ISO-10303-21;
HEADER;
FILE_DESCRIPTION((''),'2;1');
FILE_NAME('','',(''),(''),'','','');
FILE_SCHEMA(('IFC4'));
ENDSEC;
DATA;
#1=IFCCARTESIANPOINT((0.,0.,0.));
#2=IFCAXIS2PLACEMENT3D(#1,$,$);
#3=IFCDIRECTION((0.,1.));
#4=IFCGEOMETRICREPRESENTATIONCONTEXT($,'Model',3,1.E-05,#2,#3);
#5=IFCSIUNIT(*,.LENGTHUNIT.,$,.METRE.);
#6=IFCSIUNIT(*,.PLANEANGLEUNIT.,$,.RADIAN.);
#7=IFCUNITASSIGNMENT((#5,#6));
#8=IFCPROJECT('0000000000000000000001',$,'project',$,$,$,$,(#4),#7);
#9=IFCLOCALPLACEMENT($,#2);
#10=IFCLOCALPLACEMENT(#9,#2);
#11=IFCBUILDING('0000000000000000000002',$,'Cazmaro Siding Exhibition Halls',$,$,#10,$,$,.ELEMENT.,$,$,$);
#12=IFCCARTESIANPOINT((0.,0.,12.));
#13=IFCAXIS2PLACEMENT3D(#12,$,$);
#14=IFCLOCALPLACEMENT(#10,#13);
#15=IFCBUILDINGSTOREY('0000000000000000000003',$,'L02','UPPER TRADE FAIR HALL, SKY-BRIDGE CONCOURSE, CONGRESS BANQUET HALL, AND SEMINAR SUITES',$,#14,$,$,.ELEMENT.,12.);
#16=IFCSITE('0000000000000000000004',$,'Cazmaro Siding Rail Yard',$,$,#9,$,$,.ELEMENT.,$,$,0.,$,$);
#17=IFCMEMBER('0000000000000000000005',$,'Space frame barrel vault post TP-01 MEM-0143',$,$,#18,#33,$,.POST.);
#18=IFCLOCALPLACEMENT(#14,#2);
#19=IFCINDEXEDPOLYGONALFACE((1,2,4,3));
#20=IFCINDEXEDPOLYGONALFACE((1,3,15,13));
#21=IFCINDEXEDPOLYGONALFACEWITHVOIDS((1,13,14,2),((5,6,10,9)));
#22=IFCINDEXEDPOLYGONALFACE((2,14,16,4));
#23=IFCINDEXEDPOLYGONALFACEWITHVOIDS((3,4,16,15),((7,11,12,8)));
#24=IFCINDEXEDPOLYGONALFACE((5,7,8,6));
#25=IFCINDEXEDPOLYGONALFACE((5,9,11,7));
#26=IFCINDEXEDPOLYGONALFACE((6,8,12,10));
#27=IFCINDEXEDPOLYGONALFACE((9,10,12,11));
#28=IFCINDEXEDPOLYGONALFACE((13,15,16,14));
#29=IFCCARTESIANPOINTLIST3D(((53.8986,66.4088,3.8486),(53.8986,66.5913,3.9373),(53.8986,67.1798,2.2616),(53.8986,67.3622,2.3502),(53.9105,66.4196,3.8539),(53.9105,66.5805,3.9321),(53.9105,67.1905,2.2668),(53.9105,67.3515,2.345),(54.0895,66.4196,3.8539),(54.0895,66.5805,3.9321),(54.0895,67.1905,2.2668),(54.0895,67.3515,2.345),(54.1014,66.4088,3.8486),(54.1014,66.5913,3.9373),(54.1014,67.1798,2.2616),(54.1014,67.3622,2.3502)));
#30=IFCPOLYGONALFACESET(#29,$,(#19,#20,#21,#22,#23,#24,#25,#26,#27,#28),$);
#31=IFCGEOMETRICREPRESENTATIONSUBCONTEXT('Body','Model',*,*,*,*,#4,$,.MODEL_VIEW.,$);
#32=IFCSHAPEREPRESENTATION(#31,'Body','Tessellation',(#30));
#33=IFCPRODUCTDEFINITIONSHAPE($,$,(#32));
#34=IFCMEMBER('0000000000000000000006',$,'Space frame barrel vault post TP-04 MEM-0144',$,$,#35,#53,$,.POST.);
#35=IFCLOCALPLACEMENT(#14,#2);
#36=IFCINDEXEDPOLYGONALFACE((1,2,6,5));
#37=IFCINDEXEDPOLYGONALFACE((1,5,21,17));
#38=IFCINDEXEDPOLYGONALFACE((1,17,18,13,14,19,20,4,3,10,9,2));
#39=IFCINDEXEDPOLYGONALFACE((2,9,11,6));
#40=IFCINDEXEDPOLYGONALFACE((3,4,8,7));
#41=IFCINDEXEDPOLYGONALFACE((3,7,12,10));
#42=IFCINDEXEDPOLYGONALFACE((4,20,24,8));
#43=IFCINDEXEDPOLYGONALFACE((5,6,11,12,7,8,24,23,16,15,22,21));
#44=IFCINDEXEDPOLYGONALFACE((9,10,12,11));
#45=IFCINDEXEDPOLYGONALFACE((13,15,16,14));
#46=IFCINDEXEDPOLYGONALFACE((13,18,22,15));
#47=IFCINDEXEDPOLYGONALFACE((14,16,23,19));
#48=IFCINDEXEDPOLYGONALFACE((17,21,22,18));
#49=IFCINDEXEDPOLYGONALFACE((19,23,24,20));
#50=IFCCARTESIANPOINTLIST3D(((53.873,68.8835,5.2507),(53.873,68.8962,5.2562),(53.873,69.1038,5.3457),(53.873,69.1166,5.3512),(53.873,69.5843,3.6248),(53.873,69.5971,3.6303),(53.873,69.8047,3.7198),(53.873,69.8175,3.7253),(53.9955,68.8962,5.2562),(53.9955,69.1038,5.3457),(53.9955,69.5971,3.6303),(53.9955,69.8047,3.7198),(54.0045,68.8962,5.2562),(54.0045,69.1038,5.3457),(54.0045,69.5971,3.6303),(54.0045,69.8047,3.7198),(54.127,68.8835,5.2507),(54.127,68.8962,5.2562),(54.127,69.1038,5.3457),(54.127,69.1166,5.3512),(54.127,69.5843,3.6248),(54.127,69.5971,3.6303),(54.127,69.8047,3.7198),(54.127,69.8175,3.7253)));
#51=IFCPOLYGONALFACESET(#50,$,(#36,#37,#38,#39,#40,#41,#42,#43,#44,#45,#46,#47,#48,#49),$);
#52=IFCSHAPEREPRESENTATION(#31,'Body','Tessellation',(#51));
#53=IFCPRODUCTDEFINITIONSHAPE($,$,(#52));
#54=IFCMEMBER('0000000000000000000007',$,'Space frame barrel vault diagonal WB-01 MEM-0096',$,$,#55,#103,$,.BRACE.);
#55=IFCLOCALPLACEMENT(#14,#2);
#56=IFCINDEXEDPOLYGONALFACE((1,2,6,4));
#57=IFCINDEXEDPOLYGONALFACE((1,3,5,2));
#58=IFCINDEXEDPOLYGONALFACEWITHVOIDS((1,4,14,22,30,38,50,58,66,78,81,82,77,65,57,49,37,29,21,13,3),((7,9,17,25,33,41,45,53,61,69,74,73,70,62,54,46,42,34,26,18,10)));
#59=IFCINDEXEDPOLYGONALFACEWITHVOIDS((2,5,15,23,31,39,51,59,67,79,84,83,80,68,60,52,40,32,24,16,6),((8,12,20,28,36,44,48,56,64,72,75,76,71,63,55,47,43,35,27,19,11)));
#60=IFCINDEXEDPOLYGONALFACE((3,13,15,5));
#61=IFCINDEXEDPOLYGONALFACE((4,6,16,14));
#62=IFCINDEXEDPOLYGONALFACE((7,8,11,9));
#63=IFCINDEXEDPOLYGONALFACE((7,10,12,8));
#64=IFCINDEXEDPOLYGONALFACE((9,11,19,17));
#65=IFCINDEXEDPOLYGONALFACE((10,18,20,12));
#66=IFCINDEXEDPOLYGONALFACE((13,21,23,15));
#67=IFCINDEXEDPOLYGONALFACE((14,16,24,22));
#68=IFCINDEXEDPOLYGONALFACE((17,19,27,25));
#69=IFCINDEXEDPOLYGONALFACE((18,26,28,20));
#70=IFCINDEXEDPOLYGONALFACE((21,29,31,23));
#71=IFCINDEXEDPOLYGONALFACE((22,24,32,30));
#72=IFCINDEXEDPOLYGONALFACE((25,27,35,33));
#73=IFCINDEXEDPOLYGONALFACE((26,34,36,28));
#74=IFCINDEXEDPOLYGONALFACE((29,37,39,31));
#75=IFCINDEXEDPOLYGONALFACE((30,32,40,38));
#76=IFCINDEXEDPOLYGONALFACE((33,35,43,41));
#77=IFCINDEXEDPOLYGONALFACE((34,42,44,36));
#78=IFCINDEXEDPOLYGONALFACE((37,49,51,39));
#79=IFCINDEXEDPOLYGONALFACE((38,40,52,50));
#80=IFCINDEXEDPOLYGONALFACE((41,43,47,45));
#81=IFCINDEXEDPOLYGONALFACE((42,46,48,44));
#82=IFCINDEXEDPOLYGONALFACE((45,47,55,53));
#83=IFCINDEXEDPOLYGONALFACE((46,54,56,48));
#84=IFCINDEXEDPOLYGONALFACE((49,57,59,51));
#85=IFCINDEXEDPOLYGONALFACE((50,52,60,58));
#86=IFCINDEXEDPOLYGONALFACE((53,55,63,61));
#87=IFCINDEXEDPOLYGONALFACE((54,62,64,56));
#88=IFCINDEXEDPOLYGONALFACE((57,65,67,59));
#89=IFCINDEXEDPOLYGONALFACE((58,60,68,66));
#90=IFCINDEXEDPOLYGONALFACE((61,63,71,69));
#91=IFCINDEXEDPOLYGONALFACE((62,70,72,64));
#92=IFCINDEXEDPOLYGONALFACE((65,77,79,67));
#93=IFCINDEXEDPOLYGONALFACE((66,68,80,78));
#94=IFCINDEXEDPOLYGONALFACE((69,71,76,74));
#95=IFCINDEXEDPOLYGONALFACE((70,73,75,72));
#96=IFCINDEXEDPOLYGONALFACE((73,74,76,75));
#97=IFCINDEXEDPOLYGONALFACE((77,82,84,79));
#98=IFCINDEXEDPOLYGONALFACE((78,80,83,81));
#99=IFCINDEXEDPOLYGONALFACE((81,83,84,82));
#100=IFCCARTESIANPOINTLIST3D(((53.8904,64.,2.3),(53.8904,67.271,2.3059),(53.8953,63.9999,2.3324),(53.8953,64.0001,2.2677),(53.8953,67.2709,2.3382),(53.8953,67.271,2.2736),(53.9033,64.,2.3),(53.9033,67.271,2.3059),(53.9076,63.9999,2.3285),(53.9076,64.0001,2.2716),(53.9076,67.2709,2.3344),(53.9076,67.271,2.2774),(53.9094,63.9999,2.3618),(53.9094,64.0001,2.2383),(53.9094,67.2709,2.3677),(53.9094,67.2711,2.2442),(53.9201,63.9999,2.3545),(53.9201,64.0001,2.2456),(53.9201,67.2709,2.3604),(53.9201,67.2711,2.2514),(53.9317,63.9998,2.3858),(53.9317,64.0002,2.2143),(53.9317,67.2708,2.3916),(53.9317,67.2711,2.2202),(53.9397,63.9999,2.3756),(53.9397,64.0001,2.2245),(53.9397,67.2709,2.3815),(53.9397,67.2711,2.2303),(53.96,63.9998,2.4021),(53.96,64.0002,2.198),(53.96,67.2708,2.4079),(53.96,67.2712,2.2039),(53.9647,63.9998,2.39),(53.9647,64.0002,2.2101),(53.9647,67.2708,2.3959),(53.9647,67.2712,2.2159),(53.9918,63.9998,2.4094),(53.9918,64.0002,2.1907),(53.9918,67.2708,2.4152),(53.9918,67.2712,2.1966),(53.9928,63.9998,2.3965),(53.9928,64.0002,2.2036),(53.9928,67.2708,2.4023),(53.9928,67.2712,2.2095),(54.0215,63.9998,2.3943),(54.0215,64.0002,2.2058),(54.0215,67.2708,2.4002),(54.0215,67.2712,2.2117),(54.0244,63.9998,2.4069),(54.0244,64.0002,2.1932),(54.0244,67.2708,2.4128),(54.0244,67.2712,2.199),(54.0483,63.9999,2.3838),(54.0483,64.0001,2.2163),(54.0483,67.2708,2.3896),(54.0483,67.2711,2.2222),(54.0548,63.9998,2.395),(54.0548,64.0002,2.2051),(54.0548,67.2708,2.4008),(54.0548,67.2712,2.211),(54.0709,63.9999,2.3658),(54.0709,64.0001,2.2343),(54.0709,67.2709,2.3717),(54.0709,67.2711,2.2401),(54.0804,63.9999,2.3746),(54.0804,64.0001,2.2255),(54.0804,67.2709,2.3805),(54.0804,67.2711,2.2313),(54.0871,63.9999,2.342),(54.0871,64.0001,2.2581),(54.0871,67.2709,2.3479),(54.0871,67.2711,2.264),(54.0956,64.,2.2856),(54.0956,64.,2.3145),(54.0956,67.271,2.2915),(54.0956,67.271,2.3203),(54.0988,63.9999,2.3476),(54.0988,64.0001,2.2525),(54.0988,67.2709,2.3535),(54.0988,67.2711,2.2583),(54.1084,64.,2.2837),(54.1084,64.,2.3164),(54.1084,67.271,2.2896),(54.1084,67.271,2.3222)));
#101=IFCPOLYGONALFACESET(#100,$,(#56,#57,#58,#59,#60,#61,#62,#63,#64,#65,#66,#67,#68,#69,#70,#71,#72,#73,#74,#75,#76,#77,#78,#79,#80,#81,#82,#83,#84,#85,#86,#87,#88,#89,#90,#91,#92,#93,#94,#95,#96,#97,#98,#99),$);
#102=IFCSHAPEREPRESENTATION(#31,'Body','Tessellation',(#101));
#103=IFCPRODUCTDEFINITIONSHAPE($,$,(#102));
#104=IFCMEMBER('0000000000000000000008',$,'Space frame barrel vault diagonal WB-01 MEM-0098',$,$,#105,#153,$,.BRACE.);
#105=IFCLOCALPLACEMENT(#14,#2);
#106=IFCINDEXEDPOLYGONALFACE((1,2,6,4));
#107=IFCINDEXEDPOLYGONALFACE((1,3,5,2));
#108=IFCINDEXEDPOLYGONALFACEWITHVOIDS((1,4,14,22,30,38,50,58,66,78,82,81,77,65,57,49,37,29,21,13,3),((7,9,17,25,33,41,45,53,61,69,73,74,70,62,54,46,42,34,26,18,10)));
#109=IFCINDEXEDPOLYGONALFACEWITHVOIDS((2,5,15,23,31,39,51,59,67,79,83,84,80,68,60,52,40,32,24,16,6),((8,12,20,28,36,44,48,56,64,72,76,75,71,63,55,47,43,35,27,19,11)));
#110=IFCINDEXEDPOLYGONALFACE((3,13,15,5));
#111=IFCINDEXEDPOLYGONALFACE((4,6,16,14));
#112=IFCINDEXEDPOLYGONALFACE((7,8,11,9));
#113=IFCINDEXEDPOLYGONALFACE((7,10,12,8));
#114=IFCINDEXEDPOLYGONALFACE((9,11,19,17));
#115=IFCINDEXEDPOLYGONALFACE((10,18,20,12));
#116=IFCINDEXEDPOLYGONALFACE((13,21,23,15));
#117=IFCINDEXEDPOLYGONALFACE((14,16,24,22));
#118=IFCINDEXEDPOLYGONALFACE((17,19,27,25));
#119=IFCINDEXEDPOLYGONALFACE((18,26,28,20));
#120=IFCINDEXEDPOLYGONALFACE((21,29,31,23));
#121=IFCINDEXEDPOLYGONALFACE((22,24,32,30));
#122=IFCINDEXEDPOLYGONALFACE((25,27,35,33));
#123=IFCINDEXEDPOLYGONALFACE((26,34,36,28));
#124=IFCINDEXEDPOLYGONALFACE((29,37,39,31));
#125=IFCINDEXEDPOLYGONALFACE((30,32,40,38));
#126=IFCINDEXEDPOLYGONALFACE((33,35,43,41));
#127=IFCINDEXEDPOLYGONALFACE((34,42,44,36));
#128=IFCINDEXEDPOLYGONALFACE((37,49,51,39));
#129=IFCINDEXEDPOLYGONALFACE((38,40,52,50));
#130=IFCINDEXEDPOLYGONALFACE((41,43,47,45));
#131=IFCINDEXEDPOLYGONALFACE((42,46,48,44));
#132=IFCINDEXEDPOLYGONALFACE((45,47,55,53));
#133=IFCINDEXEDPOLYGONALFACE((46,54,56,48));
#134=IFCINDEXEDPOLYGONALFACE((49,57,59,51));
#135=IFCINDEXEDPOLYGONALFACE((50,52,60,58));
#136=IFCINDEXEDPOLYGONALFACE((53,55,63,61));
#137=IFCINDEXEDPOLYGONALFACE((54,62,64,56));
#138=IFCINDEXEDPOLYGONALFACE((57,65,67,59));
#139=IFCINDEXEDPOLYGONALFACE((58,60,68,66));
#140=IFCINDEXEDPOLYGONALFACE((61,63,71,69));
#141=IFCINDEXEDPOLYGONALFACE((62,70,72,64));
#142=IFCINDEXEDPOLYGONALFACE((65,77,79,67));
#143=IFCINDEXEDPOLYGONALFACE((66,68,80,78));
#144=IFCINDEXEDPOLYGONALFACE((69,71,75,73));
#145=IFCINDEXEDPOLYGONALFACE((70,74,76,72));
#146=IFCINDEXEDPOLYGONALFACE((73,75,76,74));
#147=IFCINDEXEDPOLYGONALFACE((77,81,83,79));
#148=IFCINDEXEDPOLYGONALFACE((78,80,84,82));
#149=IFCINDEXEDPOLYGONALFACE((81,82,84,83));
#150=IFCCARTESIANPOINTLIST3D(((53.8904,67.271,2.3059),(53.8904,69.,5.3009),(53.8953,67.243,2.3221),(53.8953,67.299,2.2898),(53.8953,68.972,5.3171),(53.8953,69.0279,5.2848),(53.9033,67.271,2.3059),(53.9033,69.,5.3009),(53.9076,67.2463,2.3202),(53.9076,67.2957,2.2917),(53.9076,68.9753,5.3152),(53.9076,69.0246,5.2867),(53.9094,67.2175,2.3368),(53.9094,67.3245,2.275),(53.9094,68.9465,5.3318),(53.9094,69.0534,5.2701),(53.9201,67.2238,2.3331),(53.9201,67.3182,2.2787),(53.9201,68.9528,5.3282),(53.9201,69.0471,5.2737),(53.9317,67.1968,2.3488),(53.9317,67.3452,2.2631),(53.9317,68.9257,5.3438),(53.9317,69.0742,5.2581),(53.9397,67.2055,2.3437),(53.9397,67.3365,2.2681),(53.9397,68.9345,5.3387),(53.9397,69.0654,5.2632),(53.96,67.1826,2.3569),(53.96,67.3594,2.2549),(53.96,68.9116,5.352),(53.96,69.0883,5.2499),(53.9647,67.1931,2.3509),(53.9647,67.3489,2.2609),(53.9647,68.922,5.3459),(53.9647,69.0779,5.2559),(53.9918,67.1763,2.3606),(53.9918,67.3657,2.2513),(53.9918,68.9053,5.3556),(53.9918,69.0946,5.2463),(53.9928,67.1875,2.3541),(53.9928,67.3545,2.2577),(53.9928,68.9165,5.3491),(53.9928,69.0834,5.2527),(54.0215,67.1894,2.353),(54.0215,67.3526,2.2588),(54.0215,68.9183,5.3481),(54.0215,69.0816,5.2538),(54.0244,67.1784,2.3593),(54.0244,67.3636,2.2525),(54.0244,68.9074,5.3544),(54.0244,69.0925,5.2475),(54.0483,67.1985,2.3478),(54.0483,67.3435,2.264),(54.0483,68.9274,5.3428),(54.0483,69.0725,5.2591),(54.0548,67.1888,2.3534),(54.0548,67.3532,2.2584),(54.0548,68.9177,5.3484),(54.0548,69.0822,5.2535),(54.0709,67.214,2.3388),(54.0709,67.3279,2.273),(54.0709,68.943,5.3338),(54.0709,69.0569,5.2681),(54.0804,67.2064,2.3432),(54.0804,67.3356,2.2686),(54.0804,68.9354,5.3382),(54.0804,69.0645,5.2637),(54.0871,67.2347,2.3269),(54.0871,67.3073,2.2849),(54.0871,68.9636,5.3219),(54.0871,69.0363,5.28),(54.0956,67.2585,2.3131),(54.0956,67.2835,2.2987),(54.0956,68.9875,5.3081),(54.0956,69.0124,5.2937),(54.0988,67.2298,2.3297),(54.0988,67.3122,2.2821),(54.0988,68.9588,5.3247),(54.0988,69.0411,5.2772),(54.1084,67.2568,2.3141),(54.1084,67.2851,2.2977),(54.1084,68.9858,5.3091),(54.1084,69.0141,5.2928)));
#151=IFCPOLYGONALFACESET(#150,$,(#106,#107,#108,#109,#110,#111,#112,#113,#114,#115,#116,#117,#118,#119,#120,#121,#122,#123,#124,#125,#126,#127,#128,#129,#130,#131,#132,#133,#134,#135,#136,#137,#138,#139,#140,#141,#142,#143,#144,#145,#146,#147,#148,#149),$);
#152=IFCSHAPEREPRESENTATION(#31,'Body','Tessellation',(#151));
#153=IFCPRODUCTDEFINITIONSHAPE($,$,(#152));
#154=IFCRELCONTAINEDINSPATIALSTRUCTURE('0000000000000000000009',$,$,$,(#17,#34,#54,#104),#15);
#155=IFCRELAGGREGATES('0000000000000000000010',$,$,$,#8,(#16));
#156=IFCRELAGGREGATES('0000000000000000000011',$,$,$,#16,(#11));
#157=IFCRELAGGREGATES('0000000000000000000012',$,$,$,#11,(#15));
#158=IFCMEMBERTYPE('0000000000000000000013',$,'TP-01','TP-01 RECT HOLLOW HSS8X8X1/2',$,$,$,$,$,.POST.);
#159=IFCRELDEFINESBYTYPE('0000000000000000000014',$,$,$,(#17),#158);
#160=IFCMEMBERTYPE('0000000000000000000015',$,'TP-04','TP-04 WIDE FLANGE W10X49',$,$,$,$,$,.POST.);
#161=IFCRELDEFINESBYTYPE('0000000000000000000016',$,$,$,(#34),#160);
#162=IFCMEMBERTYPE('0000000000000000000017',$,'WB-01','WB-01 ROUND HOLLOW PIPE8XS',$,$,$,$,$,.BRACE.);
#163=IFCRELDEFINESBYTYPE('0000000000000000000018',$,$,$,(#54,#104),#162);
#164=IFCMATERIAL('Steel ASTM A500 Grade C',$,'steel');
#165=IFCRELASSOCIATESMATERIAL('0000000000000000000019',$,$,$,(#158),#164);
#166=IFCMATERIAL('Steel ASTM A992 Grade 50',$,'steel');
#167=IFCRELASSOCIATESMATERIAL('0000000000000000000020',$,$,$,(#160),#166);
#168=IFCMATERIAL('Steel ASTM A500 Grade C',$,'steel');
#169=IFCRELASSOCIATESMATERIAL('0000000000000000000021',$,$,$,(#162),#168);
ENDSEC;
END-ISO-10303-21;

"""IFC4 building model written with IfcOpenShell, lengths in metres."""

from ifc_helpers import new_model, si_unit, direction, frame, origin, origin_2d, place, context, subcontext, project, spatial, hollow_rectangle, hollow_circle, i_section, extrude, material, material_profile, profile_set, type_object, element, save


model = new_model("IFC4")

# Units and contexts
model_context = context("Model", 3, precision=1e-05, world=origin(), true_north=direction((0.0, 1.0)))
body_context = subcontext(model_context, "Body", "Model", "MODEL_VIEW")
ifc_project = project(units=[si_unit("LENGTHUNIT", "METRE"), si_unit("PLANEANGLEUNIT", "RADIAN")], contexts=[model_context])

# Site, building, storey
site_placement = place(None, origin())
site = spatial("IfcSite", under=ifc_project, at=site_placement, Name="Cazmaro Siding Rail Yard", CompositionType="ELEMENT", RefElevation=0.0)
building_placement = place(site_placement, origin())
building = spatial("IfcBuilding", under=site, at=building_placement, Name="Cazmaro Siding Exhibition Halls", CompositionType="ELEMENT")
storey_placement = place(building_placement, frame((0.0, 0.0, 12.0)))
storey = spatial("IfcBuildingStorey", under=building, at=storey_placement, Name="L02", Description="UPPER TRADE FAIR HALL, SKY-BRIDGE CONCOURSE, CONGRESS BANQUET HALL, AND SEMINAR SUITES", CompositionType="ELEMENT", Elevation=12.0)

# Members
ifc_material_1 = material(Name="Steel ASTM A500 Grade C", Category="steel")
ifc_material_profile_1 = material_profile(ifc_material_1, hollow_rectangle(XDim=0.2029, YDim=0.2029, WallThickness=0.012, at=origin_2d()), Name="HSS8X8X1/2")
ifc_profile_set_1 = profile_set([ifc_material_profile_1], Name="Steel ASTM A500 Grade C")
member_type_1 = type_object("IfcMemberType", Name="TP-01", Description="TP-01 RECT HOLLOW HSS8X8X1/2", PredefinedType="POST", material=ifc_profile_set_1)
member_1_placement = place(storey_placement, frame((54.0, 67.271, 2.3059), z_axis=(0.0, -0.436946, 0.899488), x_axis=(1.0, 0.0, 0.0)))
element("IfcMember", 1, at=member_1_placement, inside=storey, type_object=member_type_1, Name="Space frame barrel vault post TP-01 MEM-0143", PredefinedType="POST", context=body_context, shape_type="SweptSolid", body=[
    extrude(hollow_rectangle(XDim=0.2029, YDim=0.2029, WallThickness=0.012, at=origin_2d()), origin(), (0.0, 0.0, 1.0), 1.7644),
])
ifc_material_2 = material(Name="Steel ASTM A992 Grade 50", Category="steel")
ifc_material_profile_2 = material_profile(ifc_material_2, i_section(OverallWidth=0.2539, OverallDepth=0.2539, WebThickness=0.009, FlangeThickness=0.0139, at=origin_2d()), Name="W10X49")
ifc_profile_set_2 = profile_set([ifc_material_profile_2], Name="Steel ASTM A992 Grade 50")
member_type_2 = type_object("IfcMemberType", Name="TP-04", Description="TP-04 WIDE FLANGE W10X49", PredefinedType="POST", material=ifc_profile_set_2)
member_2_placement = place(storey_placement, frame((54.0, 69.7009, 3.675), z_axis=(0.0, -0.395865, 0.918309), x_axis=(1.0, 0.0, 0.0)))
element("IfcMember", 2, at=member_2_placement, inside=storey, type_object=member_type_2, Name="Space frame barrel vault post TP-04 MEM-0144", PredefinedType="POST", context=body_context, shape_type="SweptSolid", body=[
    extrude(i_section(OverallWidth=0.2539, OverallDepth=0.2539, WebThickness=0.009, FlangeThickness=0.0139, at=origin_2d()), origin(), (0.0, 0.0, 1.0), 1.7705),
])
ifc_material_3 = material(Name="Steel ASTM A500 Grade C", Category="steel")
ifc_material_profile_3 = material_profile(ifc_material_3, hollow_circle(Radius=0.1096, WallThickness=0.0129, at=origin_2d()), Name="PIPE8XS")
ifc_profile_set_3 = profile_set([ifc_material_profile_3], Name="Steel ASTM A500 Grade C")
member_type_3 = type_object("IfcMemberType", Name="WB-01", Description="WB-01 ROUND HOLLOW PIPE8XS", PredefinedType="BRACE", material=ifc_profile_set_3)
member_3_placement = place(storey_placement, frame((54.0, 64.0, 2.3), z_axis=(0.0, 0.999998, 0.001791), x_axis=(-1.0, 0.0, 0.0)))
element("IfcMember", 3, at=member_3_placement, inside=storey, type_object=member_type_3, Name="Space frame barrel vault diagonal WB-01 MEM-0096", PredefinedType="BRACE", context=body_context, shape_type="SweptSolid", body=[
    extrude(hollow_circle(Radius=0.1096, WallThickness=0.0129, at=origin_2d()), origin(), (0.0, 0.0, 1.0), 3.271),
])
member_4_placement = place(storey_placement, frame((54.0, 67.271, 2.3059), z_axis=(0.0, 0.499951, 0.866054), x_axis=(-1.0, 0.0, 0.0)))
element("IfcMember", 4, at=member_4_placement, inside=storey, type_object=member_type_3, Name="Space frame barrel vault diagonal WB-01 MEM-0098", PredefinedType="BRACE", context=body_context, shape_type="SweptSolid", body=[
    extrude(hollow_circle(Radius=0.1096, WallThickness=0.0129, at=origin_2d()), origin(), (0.0, 0.0, 1.0), 3.4583),
])

save(model, "model.ifc")
